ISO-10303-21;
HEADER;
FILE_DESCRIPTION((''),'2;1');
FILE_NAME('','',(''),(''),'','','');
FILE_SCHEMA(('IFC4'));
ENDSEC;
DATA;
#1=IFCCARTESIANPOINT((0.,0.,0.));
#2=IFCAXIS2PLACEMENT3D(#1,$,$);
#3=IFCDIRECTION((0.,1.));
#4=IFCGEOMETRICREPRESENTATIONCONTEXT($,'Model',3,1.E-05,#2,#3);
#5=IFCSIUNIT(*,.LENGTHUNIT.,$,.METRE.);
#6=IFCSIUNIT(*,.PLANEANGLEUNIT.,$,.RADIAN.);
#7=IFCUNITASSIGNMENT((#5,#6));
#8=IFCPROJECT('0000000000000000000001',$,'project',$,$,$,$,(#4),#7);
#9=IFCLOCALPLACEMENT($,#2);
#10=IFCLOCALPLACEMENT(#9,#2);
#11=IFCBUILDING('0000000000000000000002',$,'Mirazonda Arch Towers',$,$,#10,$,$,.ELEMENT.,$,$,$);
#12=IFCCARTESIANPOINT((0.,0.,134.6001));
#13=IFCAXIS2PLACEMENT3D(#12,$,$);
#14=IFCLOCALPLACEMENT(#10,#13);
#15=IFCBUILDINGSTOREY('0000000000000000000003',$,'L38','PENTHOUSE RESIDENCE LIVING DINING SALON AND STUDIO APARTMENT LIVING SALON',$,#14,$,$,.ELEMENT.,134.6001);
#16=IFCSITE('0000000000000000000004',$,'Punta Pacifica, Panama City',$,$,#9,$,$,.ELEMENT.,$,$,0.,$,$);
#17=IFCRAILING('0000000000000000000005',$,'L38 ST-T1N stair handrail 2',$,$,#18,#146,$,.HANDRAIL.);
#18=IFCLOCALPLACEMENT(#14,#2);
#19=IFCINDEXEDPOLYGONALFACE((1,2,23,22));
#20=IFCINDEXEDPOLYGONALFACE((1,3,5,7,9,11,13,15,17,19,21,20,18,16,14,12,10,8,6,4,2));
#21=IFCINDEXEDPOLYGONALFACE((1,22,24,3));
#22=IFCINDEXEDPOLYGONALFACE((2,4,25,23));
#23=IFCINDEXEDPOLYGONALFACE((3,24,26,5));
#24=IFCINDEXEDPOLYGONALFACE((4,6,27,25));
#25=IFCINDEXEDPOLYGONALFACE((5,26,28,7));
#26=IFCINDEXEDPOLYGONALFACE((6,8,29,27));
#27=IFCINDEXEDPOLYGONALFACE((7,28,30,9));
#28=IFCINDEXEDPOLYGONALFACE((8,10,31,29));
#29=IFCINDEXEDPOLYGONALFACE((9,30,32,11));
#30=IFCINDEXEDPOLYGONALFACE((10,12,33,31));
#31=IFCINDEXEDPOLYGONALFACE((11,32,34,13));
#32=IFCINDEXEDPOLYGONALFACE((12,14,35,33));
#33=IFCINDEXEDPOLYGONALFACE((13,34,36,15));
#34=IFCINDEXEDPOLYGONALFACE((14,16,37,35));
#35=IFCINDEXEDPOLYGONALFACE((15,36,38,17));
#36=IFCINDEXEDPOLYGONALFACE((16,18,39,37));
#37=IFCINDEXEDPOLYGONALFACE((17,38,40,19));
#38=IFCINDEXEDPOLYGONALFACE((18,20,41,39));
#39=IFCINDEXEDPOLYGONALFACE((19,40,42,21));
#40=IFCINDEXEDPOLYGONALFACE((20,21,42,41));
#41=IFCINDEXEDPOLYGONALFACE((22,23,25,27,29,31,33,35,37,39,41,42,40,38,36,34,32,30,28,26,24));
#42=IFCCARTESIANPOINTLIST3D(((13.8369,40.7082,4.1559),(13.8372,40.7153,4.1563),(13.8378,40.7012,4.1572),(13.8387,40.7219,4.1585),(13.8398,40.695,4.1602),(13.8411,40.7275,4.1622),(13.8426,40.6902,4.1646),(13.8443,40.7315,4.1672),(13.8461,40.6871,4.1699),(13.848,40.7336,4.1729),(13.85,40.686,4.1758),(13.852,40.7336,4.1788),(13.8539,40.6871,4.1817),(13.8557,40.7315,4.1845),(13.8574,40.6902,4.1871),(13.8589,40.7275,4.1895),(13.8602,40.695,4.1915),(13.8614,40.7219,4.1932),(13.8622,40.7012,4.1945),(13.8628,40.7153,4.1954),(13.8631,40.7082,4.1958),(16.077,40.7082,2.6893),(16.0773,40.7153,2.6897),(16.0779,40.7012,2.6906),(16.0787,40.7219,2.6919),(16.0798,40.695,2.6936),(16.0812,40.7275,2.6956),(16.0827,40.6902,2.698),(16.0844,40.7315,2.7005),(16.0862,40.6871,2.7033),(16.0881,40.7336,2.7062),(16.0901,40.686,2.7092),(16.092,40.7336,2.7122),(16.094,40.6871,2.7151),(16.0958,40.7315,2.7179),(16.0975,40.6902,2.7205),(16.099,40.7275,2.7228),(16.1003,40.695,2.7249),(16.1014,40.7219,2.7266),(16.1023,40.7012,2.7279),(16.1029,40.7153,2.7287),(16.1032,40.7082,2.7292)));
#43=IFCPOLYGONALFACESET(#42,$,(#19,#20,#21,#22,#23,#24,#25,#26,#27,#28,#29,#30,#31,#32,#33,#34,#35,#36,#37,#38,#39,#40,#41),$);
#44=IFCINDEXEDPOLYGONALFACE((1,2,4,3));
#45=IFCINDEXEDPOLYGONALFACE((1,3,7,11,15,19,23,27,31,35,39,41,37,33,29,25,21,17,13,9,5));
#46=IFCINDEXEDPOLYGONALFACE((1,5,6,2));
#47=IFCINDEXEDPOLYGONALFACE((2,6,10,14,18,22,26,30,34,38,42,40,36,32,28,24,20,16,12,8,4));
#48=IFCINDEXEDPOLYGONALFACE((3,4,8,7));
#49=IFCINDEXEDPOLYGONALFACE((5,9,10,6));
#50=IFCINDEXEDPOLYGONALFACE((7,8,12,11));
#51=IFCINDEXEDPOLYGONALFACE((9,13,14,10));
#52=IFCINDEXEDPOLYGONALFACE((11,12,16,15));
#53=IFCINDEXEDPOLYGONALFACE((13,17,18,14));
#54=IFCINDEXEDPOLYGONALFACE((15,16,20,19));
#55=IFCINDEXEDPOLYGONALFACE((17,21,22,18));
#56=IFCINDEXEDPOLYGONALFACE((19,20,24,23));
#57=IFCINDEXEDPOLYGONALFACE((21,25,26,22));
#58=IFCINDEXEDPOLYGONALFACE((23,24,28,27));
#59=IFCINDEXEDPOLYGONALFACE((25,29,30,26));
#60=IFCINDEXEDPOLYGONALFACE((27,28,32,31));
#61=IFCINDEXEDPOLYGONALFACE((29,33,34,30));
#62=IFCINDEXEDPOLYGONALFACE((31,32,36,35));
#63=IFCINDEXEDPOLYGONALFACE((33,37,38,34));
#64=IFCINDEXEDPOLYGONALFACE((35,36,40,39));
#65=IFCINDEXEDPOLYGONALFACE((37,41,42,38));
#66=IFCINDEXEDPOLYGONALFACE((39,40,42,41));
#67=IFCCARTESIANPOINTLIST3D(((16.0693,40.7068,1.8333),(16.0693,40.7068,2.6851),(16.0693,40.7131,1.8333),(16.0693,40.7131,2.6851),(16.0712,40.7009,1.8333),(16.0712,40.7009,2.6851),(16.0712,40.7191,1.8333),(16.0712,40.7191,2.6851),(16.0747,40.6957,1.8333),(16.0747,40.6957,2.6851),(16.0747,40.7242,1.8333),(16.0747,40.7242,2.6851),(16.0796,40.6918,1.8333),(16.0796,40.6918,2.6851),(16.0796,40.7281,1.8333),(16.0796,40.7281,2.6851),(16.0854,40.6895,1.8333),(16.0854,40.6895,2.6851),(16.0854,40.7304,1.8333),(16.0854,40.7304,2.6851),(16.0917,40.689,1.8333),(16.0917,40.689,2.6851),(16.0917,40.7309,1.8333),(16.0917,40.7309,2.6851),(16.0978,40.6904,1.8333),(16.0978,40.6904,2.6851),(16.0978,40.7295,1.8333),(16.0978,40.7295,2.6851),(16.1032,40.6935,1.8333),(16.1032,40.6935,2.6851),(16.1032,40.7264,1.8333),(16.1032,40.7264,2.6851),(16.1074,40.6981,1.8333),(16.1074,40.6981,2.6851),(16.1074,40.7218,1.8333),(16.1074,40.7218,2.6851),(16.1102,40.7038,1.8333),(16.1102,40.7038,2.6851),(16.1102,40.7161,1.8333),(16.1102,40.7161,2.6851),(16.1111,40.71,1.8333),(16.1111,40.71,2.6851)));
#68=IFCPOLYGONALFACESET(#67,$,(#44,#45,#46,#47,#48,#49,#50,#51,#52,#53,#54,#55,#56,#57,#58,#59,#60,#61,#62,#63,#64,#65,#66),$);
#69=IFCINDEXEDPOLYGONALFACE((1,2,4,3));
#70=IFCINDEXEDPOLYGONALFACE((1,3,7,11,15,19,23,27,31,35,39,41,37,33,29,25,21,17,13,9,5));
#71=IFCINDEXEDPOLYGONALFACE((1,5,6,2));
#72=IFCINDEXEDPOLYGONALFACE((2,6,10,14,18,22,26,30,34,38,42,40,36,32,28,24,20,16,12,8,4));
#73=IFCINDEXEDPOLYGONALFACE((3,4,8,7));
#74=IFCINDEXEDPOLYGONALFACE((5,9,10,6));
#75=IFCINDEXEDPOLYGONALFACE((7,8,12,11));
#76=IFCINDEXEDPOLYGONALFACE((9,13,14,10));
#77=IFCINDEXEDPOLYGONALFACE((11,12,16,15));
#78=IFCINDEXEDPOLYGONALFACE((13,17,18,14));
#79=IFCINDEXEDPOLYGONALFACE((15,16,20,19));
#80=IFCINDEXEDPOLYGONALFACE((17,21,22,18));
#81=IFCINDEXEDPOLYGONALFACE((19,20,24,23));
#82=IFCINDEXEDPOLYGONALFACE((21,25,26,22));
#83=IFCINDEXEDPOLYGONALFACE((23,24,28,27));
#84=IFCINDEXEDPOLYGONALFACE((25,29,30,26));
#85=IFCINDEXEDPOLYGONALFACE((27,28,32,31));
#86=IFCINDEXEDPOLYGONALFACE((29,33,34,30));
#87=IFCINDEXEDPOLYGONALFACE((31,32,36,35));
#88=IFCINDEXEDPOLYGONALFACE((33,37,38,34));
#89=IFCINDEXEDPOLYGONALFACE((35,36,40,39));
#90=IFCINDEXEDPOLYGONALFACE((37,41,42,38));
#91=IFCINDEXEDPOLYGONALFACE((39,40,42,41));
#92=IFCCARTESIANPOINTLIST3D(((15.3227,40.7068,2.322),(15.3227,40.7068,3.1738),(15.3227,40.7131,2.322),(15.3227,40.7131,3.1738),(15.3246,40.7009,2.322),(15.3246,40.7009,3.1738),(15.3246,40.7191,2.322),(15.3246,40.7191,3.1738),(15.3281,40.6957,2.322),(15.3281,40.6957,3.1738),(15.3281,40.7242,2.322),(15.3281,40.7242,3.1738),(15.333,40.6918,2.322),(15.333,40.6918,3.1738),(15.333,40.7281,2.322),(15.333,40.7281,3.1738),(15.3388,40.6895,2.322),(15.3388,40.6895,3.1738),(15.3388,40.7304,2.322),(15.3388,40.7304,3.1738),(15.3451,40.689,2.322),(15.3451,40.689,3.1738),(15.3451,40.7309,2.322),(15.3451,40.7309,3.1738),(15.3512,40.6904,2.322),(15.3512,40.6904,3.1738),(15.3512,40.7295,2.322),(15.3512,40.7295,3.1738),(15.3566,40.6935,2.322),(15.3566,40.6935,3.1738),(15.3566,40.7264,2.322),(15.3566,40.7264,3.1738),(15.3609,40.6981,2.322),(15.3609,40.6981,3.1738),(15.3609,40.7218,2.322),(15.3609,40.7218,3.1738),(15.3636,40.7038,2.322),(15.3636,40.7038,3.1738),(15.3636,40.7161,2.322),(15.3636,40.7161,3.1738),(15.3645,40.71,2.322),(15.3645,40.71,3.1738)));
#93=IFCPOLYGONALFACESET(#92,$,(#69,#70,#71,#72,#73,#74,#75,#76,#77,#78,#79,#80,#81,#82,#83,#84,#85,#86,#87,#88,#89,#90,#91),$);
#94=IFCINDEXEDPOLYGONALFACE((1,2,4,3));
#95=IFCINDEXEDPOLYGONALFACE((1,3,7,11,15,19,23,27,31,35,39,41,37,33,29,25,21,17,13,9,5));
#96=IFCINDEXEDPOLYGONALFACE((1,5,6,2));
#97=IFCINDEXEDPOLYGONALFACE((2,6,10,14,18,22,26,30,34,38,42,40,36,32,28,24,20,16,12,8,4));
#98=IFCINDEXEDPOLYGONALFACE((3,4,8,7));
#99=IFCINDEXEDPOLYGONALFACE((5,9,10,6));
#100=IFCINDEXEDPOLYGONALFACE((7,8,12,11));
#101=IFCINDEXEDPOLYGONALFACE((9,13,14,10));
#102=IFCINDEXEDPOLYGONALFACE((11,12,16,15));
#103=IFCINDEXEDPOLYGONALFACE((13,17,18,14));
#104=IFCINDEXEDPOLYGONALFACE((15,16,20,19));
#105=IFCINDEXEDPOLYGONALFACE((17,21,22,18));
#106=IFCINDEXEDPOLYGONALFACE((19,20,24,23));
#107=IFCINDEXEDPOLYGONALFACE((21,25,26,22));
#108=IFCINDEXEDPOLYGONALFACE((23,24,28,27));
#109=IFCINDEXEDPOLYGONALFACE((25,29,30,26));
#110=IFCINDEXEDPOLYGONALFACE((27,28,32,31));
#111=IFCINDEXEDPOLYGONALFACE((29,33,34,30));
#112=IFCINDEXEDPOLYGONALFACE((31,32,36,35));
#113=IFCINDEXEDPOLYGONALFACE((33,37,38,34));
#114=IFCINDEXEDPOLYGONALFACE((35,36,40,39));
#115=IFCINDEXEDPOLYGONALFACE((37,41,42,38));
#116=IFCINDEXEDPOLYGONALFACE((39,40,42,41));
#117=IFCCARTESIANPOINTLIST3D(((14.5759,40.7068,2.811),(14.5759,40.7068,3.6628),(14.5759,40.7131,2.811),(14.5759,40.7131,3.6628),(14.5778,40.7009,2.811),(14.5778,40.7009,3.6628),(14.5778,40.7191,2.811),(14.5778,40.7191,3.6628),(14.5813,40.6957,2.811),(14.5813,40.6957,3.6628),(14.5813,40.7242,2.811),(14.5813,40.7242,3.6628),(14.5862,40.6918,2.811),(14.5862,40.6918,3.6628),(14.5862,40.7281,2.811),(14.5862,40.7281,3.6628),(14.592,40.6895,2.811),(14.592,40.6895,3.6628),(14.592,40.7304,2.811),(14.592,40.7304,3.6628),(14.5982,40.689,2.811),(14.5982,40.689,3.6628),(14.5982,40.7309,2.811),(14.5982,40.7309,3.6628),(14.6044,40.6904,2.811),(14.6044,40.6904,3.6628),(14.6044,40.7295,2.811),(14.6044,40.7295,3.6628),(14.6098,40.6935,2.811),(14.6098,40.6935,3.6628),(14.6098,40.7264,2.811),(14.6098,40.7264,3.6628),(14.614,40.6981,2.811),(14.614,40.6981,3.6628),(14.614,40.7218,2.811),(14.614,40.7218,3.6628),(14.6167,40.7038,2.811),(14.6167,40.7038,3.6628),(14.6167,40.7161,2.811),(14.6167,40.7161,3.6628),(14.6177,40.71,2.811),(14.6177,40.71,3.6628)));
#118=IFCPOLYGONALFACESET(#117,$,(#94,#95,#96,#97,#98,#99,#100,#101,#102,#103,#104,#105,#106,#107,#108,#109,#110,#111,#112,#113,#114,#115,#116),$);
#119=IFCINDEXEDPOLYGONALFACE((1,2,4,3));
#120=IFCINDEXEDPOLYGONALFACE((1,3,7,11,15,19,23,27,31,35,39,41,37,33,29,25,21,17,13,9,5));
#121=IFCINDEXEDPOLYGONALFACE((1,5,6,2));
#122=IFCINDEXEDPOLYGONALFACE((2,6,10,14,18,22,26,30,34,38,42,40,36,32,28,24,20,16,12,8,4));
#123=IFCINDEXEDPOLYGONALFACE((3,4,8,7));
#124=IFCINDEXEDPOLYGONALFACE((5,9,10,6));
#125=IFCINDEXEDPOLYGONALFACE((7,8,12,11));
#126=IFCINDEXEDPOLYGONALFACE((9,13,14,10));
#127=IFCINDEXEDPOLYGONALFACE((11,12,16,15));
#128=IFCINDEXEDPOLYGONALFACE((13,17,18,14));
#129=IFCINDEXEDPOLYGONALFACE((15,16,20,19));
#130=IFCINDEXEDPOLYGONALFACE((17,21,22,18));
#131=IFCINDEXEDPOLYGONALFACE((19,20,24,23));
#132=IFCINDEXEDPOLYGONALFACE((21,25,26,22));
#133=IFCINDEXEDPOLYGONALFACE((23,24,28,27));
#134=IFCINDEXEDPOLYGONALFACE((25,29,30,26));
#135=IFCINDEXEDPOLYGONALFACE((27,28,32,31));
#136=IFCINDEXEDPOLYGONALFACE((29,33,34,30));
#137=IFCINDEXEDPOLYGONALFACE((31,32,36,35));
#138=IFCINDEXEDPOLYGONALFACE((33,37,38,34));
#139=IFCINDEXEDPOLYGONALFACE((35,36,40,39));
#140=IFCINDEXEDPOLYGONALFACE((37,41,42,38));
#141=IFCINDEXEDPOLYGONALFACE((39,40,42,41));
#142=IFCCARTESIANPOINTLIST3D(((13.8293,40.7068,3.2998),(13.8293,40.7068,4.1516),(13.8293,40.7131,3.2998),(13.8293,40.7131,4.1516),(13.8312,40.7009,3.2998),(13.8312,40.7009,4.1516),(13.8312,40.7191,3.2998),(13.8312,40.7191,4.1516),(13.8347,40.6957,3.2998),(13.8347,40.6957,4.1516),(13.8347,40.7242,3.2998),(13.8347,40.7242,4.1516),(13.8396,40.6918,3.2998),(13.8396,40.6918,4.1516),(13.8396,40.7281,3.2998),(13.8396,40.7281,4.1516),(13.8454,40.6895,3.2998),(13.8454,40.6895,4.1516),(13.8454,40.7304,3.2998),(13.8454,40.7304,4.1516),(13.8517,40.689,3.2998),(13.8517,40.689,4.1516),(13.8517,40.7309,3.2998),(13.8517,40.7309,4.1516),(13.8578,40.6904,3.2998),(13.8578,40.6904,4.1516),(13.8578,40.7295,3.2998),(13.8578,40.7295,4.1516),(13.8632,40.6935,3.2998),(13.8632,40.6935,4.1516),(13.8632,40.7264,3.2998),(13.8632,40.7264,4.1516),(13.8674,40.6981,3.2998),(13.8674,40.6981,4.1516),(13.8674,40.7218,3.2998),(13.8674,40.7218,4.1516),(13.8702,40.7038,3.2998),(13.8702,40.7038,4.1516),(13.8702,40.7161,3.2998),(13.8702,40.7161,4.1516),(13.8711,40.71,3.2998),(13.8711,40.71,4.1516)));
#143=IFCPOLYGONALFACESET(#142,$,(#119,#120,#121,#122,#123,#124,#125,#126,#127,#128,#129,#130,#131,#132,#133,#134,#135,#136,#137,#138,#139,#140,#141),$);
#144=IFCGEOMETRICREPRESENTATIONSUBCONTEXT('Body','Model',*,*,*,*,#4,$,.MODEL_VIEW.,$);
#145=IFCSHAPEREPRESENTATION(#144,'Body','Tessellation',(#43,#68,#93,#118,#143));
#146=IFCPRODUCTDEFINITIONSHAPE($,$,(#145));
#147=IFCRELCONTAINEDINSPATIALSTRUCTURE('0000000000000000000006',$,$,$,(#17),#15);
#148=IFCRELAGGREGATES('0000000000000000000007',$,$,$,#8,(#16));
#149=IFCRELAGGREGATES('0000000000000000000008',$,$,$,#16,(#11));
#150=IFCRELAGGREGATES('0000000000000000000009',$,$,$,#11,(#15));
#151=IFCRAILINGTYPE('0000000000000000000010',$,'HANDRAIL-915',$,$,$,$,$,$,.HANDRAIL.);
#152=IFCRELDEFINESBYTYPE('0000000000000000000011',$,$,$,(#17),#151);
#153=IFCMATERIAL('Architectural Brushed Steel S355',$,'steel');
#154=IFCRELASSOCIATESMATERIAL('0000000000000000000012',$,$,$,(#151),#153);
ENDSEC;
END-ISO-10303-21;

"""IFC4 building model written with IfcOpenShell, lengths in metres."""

from ifc_helpers import new_model, si_unit, direction, frame, origin, origin_2d, place, context, subcontext, project, spatial, circle, extrude, material, type_object, element, save


model = new_model("IFC4")

# Units and contexts
model_context = context("Model", 3, precision=1e-05, world=origin(), true_north=direction((0.0, 1.0)))
body_context = subcontext(model_context, "Body", "Model", "MODEL_VIEW")
ifc_project = project(units=[si_unit("LENGTHUNIT", "METRE"), si_unit("PLANEANGLEUNIT", "RADIAN")], contexts=[model_context])

# Site, building, storey
site_placement = place(None, origin())
site = spatial("IfcSite", under=ifc_project, at=site_placement, Name="Punta Pacifica, Panama City", CompositionType="ELEMENT", RefElevation=0.0)
building_placement = place(site_placement, origin())
building = spatial("IfcBuilding", under=site, at=building_placement, Name="Mirazonda Arch Towers", CompositionType="ELEMENT")
storey_placement = place(building_placement, frame((0.0, 0.0, 134.6001)))
storey = spatial("IfcBuildingStorey", under=building, at=storey_placement, Name="L38", Description="PENTHOUSE RESIDENCE LIVING DINING SALON AND STUDIO APARTMENT LIVING SALON", CompositionType="ELEMENT", Elevation=134.6001)

# Shared definitions
ifc_material_1 = material(Name="Architectural Brushed Steel S355", Category="steel")

# Railing
railing_type_1 = type_object("IfcRailingType", Name="HANDRAIL-915", PredefinedType="HANDRAIL", material=ifc_material_1)
railing_1_placement = place(storey_placement, frame((16.0901, 40.71, 1.8333)))
element("IfcRailing", 1, at=railing_1_placement, inside=storey, type_object=railing_type_1, Name="L38 ST-T1N stair handrail 2", PredefinedType="HANDRAIL", context=body_context, shape_type="SweptSolid", body=[
    extrude(circle(Radius=0.0239, at=origin_2d()), frame((0.0, 0.0, 0.876), z_axis=(-0.836637, 0.0, 0.547758), x_axis=(0.0, -1.0, 0.0)), (0.0, 0.0, 1.0), 2.6775),
    extrude(circle(Radius=0.021, at=origin_2d()), origin(), (0.0, 0.0, 1.0), 0.8518),
    extrude(circle(Radius=0.021, at=origin_2d()), frame((-0.7466, 0.0, 0.4888)), (0.0, 0.0, 1.0), 0.8518),
    extrude(circle(Radius=0.021, at=origin_2d()), frame((-1.4934, 0.0, 0.9778)), (0.0, 0.0, 1.0), 0.8518),
    extrude(circle(Radius=0.021, at=origin_2d()), frame((-2.24, 0.0, 1.4666)), (0.0, 0.0, 1.0), 0.8518),
])

save(model, "model.ifc")
